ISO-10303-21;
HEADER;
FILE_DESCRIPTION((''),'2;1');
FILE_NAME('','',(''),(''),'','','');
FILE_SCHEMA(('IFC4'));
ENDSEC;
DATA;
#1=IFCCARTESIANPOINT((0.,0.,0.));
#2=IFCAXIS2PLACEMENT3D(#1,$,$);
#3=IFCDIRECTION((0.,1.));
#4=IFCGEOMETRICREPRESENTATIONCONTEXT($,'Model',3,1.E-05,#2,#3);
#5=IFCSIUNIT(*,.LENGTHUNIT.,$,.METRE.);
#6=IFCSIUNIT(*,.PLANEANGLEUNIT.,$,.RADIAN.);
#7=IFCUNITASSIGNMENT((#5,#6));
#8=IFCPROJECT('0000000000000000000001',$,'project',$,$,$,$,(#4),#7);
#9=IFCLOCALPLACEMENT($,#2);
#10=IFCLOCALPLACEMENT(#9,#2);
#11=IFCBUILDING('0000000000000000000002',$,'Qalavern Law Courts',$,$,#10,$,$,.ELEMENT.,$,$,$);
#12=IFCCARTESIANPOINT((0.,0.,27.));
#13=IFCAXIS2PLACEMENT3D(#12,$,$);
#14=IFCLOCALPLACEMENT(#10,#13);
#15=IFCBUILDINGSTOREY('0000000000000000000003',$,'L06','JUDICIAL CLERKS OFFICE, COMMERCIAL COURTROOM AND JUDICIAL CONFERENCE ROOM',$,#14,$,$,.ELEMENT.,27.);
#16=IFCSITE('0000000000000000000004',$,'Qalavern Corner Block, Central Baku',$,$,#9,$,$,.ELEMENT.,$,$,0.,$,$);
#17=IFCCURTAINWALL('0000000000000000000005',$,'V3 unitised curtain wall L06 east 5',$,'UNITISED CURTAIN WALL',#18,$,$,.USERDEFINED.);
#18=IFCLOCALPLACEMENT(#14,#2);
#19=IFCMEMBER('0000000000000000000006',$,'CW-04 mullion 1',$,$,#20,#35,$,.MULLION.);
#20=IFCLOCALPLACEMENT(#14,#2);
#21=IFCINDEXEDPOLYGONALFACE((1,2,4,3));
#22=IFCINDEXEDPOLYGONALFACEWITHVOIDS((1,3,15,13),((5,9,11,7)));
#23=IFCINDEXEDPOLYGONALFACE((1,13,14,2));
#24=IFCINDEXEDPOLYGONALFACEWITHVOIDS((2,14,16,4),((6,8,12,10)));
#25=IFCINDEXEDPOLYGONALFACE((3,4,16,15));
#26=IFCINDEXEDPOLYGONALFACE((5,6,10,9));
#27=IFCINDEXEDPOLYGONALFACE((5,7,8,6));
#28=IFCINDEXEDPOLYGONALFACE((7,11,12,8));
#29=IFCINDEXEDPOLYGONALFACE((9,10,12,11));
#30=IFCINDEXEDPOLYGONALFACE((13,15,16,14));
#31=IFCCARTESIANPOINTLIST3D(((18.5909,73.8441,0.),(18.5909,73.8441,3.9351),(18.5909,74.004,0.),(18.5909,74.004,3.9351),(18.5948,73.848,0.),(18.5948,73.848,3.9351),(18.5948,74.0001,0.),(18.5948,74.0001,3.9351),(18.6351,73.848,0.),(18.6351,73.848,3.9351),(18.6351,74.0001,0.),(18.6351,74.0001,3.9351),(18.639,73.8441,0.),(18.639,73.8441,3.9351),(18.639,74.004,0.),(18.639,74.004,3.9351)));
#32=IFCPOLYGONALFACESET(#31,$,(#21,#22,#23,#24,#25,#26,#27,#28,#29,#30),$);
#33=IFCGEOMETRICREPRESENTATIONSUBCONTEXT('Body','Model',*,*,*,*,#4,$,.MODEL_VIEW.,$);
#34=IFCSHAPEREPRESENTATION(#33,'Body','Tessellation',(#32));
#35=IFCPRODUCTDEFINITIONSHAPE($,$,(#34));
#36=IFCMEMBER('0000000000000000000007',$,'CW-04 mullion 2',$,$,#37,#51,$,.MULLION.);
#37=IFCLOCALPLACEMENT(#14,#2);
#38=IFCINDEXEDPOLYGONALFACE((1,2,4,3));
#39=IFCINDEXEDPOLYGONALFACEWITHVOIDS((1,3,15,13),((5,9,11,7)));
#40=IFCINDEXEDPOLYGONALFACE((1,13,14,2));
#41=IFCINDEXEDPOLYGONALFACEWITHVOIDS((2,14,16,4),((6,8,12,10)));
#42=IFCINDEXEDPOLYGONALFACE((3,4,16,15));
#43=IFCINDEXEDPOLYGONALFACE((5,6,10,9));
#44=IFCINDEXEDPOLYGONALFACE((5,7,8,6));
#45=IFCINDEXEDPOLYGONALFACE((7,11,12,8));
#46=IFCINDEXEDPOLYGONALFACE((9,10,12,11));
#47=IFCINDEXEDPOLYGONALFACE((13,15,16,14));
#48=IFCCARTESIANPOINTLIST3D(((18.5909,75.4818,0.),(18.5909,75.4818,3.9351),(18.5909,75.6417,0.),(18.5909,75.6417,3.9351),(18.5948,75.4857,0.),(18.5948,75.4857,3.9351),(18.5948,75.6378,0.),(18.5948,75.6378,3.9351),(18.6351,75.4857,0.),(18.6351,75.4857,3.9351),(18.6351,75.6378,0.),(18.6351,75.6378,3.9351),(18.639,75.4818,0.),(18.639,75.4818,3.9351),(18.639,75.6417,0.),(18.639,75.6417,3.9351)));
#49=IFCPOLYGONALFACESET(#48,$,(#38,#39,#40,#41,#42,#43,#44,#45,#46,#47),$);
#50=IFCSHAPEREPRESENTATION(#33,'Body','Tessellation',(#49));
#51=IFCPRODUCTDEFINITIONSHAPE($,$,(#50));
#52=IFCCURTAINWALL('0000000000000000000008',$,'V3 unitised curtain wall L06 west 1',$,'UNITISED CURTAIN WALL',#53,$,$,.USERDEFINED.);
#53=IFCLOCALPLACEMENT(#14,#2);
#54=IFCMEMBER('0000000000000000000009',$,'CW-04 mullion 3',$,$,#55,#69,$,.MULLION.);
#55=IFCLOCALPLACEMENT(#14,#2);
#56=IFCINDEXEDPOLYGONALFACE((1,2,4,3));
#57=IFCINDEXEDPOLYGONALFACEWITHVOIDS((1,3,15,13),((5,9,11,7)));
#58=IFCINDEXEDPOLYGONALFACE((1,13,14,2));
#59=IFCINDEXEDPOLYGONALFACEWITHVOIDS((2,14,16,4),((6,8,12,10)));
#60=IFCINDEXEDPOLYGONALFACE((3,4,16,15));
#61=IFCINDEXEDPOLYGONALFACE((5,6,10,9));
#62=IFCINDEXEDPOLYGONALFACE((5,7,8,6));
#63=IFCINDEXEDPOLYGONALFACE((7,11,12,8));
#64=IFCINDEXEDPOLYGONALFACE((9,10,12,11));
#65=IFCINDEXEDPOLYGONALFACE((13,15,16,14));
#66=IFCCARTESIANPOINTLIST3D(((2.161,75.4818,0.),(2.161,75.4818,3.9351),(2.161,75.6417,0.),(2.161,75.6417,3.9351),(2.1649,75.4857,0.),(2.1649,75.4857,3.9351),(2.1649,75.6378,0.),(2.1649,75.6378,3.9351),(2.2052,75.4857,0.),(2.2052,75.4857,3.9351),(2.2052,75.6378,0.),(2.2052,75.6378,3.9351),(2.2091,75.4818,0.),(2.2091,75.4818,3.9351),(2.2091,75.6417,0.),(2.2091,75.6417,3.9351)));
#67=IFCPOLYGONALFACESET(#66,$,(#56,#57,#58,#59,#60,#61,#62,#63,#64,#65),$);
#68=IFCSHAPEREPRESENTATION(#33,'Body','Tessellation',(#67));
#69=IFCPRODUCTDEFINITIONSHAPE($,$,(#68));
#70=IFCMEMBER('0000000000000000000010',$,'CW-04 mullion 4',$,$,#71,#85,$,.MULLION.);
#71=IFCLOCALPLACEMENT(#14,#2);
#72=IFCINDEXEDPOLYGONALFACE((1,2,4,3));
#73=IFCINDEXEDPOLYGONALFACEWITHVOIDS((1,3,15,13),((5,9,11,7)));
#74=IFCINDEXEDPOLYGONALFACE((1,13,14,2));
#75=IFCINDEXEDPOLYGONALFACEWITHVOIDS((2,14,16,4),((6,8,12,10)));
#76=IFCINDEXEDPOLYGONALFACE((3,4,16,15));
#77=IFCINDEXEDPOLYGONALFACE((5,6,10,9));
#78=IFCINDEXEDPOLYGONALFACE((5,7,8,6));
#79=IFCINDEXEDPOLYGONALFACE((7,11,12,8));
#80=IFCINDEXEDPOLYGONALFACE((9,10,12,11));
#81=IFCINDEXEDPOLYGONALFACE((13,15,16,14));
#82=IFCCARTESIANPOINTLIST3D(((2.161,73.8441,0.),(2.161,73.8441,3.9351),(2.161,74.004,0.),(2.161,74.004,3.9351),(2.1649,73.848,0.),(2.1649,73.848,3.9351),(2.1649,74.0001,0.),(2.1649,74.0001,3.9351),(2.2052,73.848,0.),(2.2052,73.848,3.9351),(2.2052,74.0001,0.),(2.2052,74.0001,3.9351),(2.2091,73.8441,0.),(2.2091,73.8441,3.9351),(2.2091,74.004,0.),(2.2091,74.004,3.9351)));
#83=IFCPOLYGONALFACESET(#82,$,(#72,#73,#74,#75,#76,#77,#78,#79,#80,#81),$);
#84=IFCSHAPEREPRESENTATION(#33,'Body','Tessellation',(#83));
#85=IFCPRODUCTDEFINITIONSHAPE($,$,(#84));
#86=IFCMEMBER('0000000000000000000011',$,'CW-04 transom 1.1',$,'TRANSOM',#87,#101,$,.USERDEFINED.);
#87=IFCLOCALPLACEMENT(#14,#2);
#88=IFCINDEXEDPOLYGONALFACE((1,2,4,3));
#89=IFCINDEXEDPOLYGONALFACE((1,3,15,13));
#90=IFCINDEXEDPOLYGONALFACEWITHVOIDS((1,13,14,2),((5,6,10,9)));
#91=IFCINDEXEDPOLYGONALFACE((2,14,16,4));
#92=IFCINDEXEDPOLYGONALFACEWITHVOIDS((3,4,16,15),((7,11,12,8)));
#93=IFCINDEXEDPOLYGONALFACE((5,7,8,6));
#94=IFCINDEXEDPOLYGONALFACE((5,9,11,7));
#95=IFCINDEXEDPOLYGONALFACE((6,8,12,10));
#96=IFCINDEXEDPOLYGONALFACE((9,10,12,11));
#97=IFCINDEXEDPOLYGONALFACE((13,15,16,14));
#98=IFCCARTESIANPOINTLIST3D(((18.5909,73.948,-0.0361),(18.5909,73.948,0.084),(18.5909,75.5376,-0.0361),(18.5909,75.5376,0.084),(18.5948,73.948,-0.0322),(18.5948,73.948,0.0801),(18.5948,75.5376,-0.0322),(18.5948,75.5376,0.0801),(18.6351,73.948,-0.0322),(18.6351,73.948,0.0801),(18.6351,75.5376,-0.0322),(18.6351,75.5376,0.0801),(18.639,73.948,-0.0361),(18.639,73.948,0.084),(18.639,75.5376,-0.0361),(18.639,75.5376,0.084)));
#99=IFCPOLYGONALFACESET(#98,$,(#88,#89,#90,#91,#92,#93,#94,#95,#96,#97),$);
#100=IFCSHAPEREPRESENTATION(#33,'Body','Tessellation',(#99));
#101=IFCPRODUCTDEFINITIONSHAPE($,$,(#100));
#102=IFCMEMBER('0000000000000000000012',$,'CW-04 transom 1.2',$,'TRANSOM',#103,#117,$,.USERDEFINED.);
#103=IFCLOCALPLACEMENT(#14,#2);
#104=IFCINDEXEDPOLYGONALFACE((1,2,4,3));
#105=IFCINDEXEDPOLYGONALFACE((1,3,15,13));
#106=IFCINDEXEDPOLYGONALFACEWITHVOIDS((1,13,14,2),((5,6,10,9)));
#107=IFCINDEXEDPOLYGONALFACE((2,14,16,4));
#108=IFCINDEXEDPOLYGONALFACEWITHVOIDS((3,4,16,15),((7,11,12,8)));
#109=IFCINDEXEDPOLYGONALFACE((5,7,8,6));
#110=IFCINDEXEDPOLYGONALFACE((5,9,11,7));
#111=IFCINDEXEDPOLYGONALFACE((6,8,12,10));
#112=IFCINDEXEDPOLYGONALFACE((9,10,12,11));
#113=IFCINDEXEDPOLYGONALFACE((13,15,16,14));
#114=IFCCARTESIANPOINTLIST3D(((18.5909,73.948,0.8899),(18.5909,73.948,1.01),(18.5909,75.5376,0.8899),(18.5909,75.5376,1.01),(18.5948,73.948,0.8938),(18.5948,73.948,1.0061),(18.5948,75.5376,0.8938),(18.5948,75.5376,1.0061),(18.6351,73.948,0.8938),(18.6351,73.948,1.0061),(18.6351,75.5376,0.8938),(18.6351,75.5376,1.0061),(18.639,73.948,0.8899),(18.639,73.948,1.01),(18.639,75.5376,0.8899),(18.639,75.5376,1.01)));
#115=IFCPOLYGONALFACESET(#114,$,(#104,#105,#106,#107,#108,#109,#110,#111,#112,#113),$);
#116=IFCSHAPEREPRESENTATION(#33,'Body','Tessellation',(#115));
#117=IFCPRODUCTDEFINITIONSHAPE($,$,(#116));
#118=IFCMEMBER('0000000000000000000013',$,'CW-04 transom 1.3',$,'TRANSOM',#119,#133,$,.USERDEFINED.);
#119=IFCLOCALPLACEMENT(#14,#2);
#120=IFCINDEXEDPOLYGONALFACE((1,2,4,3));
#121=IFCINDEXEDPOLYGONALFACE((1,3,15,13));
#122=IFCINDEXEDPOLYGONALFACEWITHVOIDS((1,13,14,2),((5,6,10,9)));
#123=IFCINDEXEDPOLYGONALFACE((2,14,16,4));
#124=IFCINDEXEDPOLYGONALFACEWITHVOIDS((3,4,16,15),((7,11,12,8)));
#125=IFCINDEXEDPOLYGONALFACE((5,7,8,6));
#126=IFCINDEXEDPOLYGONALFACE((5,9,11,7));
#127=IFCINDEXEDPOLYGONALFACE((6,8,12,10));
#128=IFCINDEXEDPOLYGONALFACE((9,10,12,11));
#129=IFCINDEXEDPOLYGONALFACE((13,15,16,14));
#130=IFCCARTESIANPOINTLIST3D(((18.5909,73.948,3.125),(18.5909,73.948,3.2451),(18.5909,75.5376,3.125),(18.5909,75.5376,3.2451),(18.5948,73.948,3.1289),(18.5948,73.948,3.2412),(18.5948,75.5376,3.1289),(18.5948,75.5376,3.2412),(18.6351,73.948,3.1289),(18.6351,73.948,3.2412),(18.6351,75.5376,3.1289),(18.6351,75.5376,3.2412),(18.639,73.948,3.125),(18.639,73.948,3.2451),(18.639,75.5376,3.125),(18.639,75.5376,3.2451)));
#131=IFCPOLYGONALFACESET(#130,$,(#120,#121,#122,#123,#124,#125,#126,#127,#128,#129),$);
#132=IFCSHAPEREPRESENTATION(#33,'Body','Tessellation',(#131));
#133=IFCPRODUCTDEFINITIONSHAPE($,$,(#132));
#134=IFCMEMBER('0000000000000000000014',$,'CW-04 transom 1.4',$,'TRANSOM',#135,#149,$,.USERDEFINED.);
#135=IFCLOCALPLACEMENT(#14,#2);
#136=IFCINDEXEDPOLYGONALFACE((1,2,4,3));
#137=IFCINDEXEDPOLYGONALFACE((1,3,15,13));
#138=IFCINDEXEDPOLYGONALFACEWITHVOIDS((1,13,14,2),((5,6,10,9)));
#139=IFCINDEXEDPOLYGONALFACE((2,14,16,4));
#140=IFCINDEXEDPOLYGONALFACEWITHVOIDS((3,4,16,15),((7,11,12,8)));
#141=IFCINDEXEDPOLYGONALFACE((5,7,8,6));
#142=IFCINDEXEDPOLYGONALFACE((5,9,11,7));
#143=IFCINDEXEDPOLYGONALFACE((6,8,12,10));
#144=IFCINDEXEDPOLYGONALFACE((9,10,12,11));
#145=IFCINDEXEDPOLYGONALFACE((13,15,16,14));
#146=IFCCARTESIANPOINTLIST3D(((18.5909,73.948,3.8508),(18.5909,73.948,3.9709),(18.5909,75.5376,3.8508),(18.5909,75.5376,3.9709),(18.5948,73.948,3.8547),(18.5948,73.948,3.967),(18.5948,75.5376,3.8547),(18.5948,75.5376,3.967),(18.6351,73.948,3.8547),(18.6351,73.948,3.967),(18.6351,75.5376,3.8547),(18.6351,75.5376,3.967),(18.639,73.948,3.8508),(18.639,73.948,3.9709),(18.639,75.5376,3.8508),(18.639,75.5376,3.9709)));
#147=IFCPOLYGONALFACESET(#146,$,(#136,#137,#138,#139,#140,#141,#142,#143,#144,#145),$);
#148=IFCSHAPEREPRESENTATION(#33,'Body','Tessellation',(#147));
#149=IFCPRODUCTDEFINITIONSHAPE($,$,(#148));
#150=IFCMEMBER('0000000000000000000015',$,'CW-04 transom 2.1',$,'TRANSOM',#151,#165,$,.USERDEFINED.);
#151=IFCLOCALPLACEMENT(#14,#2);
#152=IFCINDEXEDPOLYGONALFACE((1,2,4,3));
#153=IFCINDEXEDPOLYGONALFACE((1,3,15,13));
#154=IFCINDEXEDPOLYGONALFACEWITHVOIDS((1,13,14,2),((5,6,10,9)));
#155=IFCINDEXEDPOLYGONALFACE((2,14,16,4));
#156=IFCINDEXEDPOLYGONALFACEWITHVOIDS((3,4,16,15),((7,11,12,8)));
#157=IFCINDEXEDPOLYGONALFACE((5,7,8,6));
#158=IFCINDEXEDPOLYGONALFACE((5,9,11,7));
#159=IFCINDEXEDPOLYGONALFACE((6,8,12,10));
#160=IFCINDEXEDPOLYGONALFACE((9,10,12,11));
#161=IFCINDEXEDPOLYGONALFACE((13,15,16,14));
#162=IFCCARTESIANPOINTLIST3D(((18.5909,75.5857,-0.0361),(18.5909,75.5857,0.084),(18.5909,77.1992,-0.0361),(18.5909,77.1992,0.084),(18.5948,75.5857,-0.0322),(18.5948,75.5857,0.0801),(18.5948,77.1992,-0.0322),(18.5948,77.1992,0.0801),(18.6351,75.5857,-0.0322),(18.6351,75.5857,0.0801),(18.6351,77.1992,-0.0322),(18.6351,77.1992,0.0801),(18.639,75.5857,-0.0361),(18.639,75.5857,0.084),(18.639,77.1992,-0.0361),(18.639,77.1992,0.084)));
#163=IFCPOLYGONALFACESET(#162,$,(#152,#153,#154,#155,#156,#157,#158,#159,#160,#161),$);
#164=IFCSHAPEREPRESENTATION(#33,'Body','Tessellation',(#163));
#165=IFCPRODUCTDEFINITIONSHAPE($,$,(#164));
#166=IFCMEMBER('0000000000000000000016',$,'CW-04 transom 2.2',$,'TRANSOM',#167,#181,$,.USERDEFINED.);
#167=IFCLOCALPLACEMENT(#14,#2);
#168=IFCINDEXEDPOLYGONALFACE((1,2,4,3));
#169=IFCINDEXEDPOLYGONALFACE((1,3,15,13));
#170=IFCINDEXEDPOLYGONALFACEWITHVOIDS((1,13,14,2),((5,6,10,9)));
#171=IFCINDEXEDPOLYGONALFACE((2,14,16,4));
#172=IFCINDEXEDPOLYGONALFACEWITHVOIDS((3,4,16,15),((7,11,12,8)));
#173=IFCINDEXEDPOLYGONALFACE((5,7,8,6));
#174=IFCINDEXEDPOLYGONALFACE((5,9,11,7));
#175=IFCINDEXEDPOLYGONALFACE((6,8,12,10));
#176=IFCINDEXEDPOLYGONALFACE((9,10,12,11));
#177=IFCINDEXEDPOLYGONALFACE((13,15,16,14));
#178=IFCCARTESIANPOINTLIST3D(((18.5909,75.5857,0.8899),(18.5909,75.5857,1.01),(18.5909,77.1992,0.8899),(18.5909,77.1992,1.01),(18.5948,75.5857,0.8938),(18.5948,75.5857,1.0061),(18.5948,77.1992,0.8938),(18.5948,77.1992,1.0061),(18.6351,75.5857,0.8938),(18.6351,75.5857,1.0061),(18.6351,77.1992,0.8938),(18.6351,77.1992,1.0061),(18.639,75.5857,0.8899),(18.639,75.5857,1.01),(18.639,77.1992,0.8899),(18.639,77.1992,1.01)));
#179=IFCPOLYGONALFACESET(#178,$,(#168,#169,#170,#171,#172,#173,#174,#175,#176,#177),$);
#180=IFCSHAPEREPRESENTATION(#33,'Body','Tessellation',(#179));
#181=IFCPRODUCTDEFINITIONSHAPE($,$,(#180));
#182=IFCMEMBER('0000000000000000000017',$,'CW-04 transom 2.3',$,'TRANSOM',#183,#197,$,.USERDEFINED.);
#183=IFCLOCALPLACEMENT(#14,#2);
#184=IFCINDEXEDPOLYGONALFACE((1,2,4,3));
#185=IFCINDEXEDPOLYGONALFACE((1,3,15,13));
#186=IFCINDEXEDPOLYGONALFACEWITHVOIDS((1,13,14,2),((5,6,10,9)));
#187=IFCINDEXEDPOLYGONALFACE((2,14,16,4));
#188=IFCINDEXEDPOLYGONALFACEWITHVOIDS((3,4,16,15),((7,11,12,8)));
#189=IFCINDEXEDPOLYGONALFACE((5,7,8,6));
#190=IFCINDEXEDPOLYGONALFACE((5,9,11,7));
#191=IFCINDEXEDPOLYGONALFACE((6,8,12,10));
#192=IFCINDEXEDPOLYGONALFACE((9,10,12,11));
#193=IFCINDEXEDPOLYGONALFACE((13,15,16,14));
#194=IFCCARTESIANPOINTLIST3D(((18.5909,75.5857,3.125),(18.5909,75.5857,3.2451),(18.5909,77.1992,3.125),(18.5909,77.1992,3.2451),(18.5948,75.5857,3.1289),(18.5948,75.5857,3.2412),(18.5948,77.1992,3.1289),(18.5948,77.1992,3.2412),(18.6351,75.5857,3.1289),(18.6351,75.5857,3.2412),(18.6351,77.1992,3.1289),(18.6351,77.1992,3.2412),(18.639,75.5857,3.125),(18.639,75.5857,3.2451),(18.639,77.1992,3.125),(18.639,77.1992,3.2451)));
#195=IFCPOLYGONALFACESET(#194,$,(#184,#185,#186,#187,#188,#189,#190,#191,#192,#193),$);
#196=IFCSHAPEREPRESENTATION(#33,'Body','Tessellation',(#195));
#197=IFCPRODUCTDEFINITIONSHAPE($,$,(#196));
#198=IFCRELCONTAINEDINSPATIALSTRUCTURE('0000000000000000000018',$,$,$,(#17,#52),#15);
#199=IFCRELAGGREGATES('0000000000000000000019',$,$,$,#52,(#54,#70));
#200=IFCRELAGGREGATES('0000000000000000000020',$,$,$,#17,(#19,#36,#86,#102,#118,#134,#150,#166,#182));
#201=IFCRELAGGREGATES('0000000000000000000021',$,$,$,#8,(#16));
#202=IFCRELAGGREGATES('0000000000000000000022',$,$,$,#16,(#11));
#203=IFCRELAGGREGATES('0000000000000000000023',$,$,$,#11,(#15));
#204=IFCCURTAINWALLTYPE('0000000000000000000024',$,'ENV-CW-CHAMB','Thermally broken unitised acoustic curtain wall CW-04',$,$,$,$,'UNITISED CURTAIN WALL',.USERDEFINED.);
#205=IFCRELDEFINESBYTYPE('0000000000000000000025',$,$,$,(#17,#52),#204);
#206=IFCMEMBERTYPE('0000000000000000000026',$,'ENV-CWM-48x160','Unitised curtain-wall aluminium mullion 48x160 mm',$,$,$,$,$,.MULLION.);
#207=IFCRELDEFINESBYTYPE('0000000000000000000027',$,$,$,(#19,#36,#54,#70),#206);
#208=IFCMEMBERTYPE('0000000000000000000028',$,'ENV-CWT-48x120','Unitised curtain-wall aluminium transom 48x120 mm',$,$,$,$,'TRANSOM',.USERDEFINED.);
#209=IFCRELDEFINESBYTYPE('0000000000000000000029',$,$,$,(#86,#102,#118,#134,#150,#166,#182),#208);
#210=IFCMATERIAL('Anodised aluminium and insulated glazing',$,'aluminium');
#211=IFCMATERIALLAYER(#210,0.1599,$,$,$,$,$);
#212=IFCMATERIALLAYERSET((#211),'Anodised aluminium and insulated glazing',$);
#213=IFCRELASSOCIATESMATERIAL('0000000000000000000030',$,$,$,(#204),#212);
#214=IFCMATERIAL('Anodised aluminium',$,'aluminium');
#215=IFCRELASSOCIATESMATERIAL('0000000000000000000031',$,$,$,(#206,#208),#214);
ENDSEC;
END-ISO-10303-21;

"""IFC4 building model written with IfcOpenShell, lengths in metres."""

from ifc_helpers import new_model, si_unit, direction, frame, origin, origin_2d, place, context, subcontext, project, spatial, hollow_rectangle, extrude, material, layer, layer_set, material_profile, profile_set, type_object, element, aggregate, save


model = new_model("IFC4")

# Units and contexts
model_context = context("Model", 3, precision=1e-05, world=origin(), true_north=direction((0.0, 1.0)))
body_context = subcontext(model_context, "Body", "Model", "MODEL_VIEW")
ifc_project = project(units=[si_unit("LENGTHUNIT", "METRE"), si_unit("PLANEANGLEUNIT", "RADIAN")], contexts=[model_context])

# Site, building, storey
site_placement = place(None, origin())
site = spatial("IfcSite", under=ifc_project, at=site_placement, Name="Qalavern Corner Block, Central Baku", CompositionType="ELEMENT", RefElevation=0.0)
building_placement = place(site_placement, origin())
building = spatial("IfcBuilding", under=site, at=building_placement, Name="Qalavern Law Courts", CompositionType="ELEMENT")
storey_placement = place(building_placement, frame((0.0, 0.0, 27.0)))
storey = spatial("IfcBuildingStorey", under=building, at=storey_placement, Name="L06", Description="JUDICIAL CLERKS OFFICE, COMMERCIAL COURTROOM AND JUDICIAL CONFERENCE ROOM", CompositionType="ELEMENT", Elevation=27.0)

# Curtain walls, members
ifc_material_1 = material(Name="Anodised aluminium and insulated glazing", Category="aluminium")
ifc_layer_1 = layer(ifc_material_1, 0.1599)
ifc_layer_set_1 = layer_set([ifc_layer_1], Name="Anodised aluminium and insulated glazing")
curtain_wall_type = type_object("IfcCurtainWallType", Name="ENV-CW-CHAMB", Description="Thermally broken unitised acoustic curtain wall CW-04", ElementType="UNITISED CURTAIN WALL", PredefinedType="USERDEFINED", material=ifc_layer_set_1)
curtain_wall_1_placement = place(storey_placement, origin())
curtain_wall_1 = element("IfcCurtainWall", 1, at=curtain_wall_1_placement, inside=storey, type_object=curtain_wall_type, Name="V3 unitised curtain wall L06 east 5", ObjectType="UNITISED CURTAIN WALL", PredefinedType="USERDEFINED")
ifc_material_2 = material(Name="Anodised aluminium", Category="aluminium")
ifc_material_profile_1 = material_profile(ifc_material_2, hollow_rectangle(XDim=0.0481, YDim=0.1599, WallThickness=0.0039, at=origin_2d()), Name="ALU MULLION 48x160")
ifc_profile_set_1 = profile_set([ifc_material_profile_1], Name="Anodised aluminium")
member_type_1 = type_object("IfcMemberType", Name="ENV-CWM-48x160", Description="Unitised curtain-wall aluminium mullion 48x160 mm", PredefinedType="MULLION", material=ifc_profile_set_1)
member_1_placement = place(storey_placement, frame((18.615, 73.9241, 0.0), z_axis=(0.0, 0.0, 1.0), x_axis=(-1.0, 0.0, 0.0)))
member_1 = element("IfcMember", 2, at=member_1_placement, type_object=member_type_1, Name="CW-04 mullion 1", PredefinedType="MULLION", context=body_context, shape_type="SweptSolid", body=[
    extrude(hollow_rectangle(XDim=0.0481, YDim=0.1599, WallThickness=0.0039, at=origin_2d()), origin(), (0.0, 0.0, 1.0), 3.9351),
])
member_2_placement = place(storey_placement, frame((18.615, 75.5618, 0.0), z_axis=(0.0, 0.0, 1.0), x_axis=(-1.0, 0.0, 0.0)))
member_2 = element("IfcMember", 3, at=member_2_placement, type_object=member_type_1, Name="CW-04 mullion 2", PredefinedType="MULLION", context=body_context, shape_type="SweptSolid", body=[
    extrude(hollow_rectangle(XDim=0.0481, YDim=0.1599, WallThickness=0.0039, at=origin_2d()), origin(), (0.0, 0.0, 1.0), 3.9351),
])
curtain_wall_2_placement = place(storey_placement, origin())
curtain_wall_2 = element("IfcCurtainWall", 4, at=curtain_wall_2_placement, inside=storey, type_object=curtain_wall_type, Name="V3 unitised curtain wall L06 west 1", ObjectType="UNITISED CURTAIN WALL", PredefinedType="USERDEFINED")
member_3_placement = place(storey_placement, frame((2.1851, 75.5618, 0.0), z_axis=(0.0, 0.0, 1.0), x_axis=(1.0, 0.0, 0.0)))
member_3 = element("IfcMember", 5, at=member_3_placement, type_object=member_type_1, Name="CW-04 mullion 3", PredefinedType="MULLION", context=body_context, shape_type="SweptSolid", body=[
    extrude(hollow_rectangle(XDim=0.0481, YDim=0.1599, WallThickness=0.0039, at=origin_2d()), origin(), (0.0, 0.0, 1.0), 3.9351),
])
member_4_placement = place(storey_placement, frame((2.1851, 73.9241, 0.0), z_axis=(0.0, 0.0, 1.0), x_axis=(1.0, 0.0, 0.0)))
member_4 = element("IfcMember", 6, at=member_4_placement, type_object=member_type_1, Name="CW-04 mullion 4", PredefinedType="MULLION", context=body_context, shape_type="SweptSolid", body=[
    extrude(hollow_rectangle(XDim=0.0481, YDim=0.1599, WallThickness=0.0039, at=origin_2d()), origin(), (0.0, 0.0, 1.0), 3.9351),
])

# Members
ifc_material_profile_2 = material_profile(ifc_material_2, hollow_rectangle(XDim=0.0481, YDim=0.1201, WallThickness=0.0039, at=origin_2d()), Name="ALU TRANSOM 48x120")
ifc_profile_set_2 = profile_set([ifc_material_profile_2], Name="Anodised aluminium")
member_type_2 = type_object("IfcMemberType", Name="ENV-CWT-48x120", Description="Unitised curtain-wall aluminium transom 48x120 mm", ElementType="TRANSOM", PredefinedType="USERDEFINED", material=ifc_profile_set_2)
member_5_placement = place(storey_placement, frame((18.615, 73.948, 0.0239), z_axis=(0.0, 1.0, 0.0), x_axis=(-1.0, 0.0, 0.0)))
member_5 = element("IfcMember", 7, at=member_5_placement, type_object=member_type_2, Name="CW-04 transom 1.1", ObjectType="TRANSOM", PredefinedType="USERDEFINED", context=body_context, shape_type="SweptSolid", body=[
    extrude(hollow_rectangle(XDim=0.0481, YDim=0.1201, WallThickness=0.0039, at=origin_2d()), origin(), (0.0, 0.0, 1.0), 1.5896),
])
member_6_placement = place(storey_placement, frame((18.615, 73.948, 0.95), z_axis=(0.0, 1.0, 0.0), x_axis=(-1.0, 0.0, 0.0)))
member_6 = element("IfcMember", 8, at=member_6_placement, type_object=member_type_2, Name="CW-04 transom 1.2", ObjectType="TRANSOM", PredefinedType="USERDEFINED", context=body_context, shape_type="SweptSolid", body=[
    extrude(hollow_rectangle(XDim=0.0481, YDim=0.1201, WallThickness=0.0039, at=origin_2d()), origin(), (0.0, 0.0, 1.0), 1.5896),
])
member_7_placement = place(storey_placement, frame((18.615, 73.948, 3.1851), z_axis=(0.0, 1.0, 0.0), x_axis=(-1.0, 0.0, 0.0)))
member_7 = element("IfcMember", 9, at=member_7_placement, type_object=member_type_2, Name="CW-04 transom 1.3", ObjectType="TRANSOM", PredefinedType="USERDEFINED", context=body_context, shape_type="SweptSolid", body=[
    extrude(hollow_rectangle(XDim=0.0481, YDim=0.1201, WallThickness=0.0039, at=origin_2d()), origin(), (0.0, 0.0, 1.0), 1.5896),
])
member_8_placement = place(storey_placement, frame((18.615, 73.948, 3.9109), z_axis=(0.0, 1.0, 0.0), x_axis=(-1.0, 0.0, 0.0)))
member_8 = element("IfcMember", 10, at=member_8_placement, type_object=member_type_2, Name="CW-04 transom 1.4", ObjectType="TRANSOM", PredefinedType="USERDEFINED", context=body_context, shape_type="SweptSolid", body=[
    extrude(hollow_rectangle(XDim=0.0481, YDim=0.1201, WallThickness=0.0039, at=origin_2d()), origin(), (0.0, 0.0, 1.0), 1.5896),
])
member_9_placement = place(storey_placement, frame((18.615, 75.5857, 0.0239), z_axis=(0.0, 1.0, 0.0), x_axis=(-1.0, 0.0, 0.0)))
member_9 = element("IfcMember", 11, at=member_9_placement, type_object=member_type_2, Name="CW-04 transom 2.1", ObjectType="TRANSOM", PredefinedType="USERDEFINED", context=body_context, shape_type="SweptSolid", body=[
    extrude(hollow_rectangle(XDim=0.0481, YDim=0.1201, WallThickness=0.0039, at=origin_2d()), origin(), (0.0, 0.0, 1.0), 1.6135),
])
member_10_placement = place(storey_placement, frame((18.615, 75.5857, 0.95), z_axis=(0.0, 1.0, 0.0), x_axis=(-1.0, 0.0, 0.0)))
member_10 = element("IfcMember", 12, at=member_10_placement, type_object=member_type_2, Name="CW-04 transom 2.2", ObjectType="TRANSOM", PredefinedType="USERDEFINED", context=body_context, shape_type="SweptSolid", body=[
    extrude(hollow_rectangle(XDim=0.0481, YDim=0.1201, WallThickness=0.0039, at=origin_2d()), origin(), (0.0, 0.0, 1.0), 1.6135),
])
member_11_placement = place(storey_placement, frame((18.615, 75.5857, 3.1851), z_axis=(0.0, 1.0, 0.0), x_axis=(-1.0, 0.0, 0.0)))
member_11 = element("IfcMember", 13, at=member_11_placement, type_object=member_type_2, Name="CW-04 transom 2.3", ObjectType="TRANSOM", PredefinedType="USERDEFINED", context=body_context, shape_type="SweptSolid", body=[
    extrude(hollow_rectangle(XDim=0.0481, YDim=0.1201, WallThickness=0.0039, at=origin_2d()), origin(), (0.0, 0.0, 1.0), 1.6135),
])

aggregate(curtain_wall_2, [member_3, member_4])
aggregate(curtain_wall_1, [member_1, member_2, member_5, member_6, member_7, member_8, member_9, member_10, member_11])

save(model, "model.ifc")
